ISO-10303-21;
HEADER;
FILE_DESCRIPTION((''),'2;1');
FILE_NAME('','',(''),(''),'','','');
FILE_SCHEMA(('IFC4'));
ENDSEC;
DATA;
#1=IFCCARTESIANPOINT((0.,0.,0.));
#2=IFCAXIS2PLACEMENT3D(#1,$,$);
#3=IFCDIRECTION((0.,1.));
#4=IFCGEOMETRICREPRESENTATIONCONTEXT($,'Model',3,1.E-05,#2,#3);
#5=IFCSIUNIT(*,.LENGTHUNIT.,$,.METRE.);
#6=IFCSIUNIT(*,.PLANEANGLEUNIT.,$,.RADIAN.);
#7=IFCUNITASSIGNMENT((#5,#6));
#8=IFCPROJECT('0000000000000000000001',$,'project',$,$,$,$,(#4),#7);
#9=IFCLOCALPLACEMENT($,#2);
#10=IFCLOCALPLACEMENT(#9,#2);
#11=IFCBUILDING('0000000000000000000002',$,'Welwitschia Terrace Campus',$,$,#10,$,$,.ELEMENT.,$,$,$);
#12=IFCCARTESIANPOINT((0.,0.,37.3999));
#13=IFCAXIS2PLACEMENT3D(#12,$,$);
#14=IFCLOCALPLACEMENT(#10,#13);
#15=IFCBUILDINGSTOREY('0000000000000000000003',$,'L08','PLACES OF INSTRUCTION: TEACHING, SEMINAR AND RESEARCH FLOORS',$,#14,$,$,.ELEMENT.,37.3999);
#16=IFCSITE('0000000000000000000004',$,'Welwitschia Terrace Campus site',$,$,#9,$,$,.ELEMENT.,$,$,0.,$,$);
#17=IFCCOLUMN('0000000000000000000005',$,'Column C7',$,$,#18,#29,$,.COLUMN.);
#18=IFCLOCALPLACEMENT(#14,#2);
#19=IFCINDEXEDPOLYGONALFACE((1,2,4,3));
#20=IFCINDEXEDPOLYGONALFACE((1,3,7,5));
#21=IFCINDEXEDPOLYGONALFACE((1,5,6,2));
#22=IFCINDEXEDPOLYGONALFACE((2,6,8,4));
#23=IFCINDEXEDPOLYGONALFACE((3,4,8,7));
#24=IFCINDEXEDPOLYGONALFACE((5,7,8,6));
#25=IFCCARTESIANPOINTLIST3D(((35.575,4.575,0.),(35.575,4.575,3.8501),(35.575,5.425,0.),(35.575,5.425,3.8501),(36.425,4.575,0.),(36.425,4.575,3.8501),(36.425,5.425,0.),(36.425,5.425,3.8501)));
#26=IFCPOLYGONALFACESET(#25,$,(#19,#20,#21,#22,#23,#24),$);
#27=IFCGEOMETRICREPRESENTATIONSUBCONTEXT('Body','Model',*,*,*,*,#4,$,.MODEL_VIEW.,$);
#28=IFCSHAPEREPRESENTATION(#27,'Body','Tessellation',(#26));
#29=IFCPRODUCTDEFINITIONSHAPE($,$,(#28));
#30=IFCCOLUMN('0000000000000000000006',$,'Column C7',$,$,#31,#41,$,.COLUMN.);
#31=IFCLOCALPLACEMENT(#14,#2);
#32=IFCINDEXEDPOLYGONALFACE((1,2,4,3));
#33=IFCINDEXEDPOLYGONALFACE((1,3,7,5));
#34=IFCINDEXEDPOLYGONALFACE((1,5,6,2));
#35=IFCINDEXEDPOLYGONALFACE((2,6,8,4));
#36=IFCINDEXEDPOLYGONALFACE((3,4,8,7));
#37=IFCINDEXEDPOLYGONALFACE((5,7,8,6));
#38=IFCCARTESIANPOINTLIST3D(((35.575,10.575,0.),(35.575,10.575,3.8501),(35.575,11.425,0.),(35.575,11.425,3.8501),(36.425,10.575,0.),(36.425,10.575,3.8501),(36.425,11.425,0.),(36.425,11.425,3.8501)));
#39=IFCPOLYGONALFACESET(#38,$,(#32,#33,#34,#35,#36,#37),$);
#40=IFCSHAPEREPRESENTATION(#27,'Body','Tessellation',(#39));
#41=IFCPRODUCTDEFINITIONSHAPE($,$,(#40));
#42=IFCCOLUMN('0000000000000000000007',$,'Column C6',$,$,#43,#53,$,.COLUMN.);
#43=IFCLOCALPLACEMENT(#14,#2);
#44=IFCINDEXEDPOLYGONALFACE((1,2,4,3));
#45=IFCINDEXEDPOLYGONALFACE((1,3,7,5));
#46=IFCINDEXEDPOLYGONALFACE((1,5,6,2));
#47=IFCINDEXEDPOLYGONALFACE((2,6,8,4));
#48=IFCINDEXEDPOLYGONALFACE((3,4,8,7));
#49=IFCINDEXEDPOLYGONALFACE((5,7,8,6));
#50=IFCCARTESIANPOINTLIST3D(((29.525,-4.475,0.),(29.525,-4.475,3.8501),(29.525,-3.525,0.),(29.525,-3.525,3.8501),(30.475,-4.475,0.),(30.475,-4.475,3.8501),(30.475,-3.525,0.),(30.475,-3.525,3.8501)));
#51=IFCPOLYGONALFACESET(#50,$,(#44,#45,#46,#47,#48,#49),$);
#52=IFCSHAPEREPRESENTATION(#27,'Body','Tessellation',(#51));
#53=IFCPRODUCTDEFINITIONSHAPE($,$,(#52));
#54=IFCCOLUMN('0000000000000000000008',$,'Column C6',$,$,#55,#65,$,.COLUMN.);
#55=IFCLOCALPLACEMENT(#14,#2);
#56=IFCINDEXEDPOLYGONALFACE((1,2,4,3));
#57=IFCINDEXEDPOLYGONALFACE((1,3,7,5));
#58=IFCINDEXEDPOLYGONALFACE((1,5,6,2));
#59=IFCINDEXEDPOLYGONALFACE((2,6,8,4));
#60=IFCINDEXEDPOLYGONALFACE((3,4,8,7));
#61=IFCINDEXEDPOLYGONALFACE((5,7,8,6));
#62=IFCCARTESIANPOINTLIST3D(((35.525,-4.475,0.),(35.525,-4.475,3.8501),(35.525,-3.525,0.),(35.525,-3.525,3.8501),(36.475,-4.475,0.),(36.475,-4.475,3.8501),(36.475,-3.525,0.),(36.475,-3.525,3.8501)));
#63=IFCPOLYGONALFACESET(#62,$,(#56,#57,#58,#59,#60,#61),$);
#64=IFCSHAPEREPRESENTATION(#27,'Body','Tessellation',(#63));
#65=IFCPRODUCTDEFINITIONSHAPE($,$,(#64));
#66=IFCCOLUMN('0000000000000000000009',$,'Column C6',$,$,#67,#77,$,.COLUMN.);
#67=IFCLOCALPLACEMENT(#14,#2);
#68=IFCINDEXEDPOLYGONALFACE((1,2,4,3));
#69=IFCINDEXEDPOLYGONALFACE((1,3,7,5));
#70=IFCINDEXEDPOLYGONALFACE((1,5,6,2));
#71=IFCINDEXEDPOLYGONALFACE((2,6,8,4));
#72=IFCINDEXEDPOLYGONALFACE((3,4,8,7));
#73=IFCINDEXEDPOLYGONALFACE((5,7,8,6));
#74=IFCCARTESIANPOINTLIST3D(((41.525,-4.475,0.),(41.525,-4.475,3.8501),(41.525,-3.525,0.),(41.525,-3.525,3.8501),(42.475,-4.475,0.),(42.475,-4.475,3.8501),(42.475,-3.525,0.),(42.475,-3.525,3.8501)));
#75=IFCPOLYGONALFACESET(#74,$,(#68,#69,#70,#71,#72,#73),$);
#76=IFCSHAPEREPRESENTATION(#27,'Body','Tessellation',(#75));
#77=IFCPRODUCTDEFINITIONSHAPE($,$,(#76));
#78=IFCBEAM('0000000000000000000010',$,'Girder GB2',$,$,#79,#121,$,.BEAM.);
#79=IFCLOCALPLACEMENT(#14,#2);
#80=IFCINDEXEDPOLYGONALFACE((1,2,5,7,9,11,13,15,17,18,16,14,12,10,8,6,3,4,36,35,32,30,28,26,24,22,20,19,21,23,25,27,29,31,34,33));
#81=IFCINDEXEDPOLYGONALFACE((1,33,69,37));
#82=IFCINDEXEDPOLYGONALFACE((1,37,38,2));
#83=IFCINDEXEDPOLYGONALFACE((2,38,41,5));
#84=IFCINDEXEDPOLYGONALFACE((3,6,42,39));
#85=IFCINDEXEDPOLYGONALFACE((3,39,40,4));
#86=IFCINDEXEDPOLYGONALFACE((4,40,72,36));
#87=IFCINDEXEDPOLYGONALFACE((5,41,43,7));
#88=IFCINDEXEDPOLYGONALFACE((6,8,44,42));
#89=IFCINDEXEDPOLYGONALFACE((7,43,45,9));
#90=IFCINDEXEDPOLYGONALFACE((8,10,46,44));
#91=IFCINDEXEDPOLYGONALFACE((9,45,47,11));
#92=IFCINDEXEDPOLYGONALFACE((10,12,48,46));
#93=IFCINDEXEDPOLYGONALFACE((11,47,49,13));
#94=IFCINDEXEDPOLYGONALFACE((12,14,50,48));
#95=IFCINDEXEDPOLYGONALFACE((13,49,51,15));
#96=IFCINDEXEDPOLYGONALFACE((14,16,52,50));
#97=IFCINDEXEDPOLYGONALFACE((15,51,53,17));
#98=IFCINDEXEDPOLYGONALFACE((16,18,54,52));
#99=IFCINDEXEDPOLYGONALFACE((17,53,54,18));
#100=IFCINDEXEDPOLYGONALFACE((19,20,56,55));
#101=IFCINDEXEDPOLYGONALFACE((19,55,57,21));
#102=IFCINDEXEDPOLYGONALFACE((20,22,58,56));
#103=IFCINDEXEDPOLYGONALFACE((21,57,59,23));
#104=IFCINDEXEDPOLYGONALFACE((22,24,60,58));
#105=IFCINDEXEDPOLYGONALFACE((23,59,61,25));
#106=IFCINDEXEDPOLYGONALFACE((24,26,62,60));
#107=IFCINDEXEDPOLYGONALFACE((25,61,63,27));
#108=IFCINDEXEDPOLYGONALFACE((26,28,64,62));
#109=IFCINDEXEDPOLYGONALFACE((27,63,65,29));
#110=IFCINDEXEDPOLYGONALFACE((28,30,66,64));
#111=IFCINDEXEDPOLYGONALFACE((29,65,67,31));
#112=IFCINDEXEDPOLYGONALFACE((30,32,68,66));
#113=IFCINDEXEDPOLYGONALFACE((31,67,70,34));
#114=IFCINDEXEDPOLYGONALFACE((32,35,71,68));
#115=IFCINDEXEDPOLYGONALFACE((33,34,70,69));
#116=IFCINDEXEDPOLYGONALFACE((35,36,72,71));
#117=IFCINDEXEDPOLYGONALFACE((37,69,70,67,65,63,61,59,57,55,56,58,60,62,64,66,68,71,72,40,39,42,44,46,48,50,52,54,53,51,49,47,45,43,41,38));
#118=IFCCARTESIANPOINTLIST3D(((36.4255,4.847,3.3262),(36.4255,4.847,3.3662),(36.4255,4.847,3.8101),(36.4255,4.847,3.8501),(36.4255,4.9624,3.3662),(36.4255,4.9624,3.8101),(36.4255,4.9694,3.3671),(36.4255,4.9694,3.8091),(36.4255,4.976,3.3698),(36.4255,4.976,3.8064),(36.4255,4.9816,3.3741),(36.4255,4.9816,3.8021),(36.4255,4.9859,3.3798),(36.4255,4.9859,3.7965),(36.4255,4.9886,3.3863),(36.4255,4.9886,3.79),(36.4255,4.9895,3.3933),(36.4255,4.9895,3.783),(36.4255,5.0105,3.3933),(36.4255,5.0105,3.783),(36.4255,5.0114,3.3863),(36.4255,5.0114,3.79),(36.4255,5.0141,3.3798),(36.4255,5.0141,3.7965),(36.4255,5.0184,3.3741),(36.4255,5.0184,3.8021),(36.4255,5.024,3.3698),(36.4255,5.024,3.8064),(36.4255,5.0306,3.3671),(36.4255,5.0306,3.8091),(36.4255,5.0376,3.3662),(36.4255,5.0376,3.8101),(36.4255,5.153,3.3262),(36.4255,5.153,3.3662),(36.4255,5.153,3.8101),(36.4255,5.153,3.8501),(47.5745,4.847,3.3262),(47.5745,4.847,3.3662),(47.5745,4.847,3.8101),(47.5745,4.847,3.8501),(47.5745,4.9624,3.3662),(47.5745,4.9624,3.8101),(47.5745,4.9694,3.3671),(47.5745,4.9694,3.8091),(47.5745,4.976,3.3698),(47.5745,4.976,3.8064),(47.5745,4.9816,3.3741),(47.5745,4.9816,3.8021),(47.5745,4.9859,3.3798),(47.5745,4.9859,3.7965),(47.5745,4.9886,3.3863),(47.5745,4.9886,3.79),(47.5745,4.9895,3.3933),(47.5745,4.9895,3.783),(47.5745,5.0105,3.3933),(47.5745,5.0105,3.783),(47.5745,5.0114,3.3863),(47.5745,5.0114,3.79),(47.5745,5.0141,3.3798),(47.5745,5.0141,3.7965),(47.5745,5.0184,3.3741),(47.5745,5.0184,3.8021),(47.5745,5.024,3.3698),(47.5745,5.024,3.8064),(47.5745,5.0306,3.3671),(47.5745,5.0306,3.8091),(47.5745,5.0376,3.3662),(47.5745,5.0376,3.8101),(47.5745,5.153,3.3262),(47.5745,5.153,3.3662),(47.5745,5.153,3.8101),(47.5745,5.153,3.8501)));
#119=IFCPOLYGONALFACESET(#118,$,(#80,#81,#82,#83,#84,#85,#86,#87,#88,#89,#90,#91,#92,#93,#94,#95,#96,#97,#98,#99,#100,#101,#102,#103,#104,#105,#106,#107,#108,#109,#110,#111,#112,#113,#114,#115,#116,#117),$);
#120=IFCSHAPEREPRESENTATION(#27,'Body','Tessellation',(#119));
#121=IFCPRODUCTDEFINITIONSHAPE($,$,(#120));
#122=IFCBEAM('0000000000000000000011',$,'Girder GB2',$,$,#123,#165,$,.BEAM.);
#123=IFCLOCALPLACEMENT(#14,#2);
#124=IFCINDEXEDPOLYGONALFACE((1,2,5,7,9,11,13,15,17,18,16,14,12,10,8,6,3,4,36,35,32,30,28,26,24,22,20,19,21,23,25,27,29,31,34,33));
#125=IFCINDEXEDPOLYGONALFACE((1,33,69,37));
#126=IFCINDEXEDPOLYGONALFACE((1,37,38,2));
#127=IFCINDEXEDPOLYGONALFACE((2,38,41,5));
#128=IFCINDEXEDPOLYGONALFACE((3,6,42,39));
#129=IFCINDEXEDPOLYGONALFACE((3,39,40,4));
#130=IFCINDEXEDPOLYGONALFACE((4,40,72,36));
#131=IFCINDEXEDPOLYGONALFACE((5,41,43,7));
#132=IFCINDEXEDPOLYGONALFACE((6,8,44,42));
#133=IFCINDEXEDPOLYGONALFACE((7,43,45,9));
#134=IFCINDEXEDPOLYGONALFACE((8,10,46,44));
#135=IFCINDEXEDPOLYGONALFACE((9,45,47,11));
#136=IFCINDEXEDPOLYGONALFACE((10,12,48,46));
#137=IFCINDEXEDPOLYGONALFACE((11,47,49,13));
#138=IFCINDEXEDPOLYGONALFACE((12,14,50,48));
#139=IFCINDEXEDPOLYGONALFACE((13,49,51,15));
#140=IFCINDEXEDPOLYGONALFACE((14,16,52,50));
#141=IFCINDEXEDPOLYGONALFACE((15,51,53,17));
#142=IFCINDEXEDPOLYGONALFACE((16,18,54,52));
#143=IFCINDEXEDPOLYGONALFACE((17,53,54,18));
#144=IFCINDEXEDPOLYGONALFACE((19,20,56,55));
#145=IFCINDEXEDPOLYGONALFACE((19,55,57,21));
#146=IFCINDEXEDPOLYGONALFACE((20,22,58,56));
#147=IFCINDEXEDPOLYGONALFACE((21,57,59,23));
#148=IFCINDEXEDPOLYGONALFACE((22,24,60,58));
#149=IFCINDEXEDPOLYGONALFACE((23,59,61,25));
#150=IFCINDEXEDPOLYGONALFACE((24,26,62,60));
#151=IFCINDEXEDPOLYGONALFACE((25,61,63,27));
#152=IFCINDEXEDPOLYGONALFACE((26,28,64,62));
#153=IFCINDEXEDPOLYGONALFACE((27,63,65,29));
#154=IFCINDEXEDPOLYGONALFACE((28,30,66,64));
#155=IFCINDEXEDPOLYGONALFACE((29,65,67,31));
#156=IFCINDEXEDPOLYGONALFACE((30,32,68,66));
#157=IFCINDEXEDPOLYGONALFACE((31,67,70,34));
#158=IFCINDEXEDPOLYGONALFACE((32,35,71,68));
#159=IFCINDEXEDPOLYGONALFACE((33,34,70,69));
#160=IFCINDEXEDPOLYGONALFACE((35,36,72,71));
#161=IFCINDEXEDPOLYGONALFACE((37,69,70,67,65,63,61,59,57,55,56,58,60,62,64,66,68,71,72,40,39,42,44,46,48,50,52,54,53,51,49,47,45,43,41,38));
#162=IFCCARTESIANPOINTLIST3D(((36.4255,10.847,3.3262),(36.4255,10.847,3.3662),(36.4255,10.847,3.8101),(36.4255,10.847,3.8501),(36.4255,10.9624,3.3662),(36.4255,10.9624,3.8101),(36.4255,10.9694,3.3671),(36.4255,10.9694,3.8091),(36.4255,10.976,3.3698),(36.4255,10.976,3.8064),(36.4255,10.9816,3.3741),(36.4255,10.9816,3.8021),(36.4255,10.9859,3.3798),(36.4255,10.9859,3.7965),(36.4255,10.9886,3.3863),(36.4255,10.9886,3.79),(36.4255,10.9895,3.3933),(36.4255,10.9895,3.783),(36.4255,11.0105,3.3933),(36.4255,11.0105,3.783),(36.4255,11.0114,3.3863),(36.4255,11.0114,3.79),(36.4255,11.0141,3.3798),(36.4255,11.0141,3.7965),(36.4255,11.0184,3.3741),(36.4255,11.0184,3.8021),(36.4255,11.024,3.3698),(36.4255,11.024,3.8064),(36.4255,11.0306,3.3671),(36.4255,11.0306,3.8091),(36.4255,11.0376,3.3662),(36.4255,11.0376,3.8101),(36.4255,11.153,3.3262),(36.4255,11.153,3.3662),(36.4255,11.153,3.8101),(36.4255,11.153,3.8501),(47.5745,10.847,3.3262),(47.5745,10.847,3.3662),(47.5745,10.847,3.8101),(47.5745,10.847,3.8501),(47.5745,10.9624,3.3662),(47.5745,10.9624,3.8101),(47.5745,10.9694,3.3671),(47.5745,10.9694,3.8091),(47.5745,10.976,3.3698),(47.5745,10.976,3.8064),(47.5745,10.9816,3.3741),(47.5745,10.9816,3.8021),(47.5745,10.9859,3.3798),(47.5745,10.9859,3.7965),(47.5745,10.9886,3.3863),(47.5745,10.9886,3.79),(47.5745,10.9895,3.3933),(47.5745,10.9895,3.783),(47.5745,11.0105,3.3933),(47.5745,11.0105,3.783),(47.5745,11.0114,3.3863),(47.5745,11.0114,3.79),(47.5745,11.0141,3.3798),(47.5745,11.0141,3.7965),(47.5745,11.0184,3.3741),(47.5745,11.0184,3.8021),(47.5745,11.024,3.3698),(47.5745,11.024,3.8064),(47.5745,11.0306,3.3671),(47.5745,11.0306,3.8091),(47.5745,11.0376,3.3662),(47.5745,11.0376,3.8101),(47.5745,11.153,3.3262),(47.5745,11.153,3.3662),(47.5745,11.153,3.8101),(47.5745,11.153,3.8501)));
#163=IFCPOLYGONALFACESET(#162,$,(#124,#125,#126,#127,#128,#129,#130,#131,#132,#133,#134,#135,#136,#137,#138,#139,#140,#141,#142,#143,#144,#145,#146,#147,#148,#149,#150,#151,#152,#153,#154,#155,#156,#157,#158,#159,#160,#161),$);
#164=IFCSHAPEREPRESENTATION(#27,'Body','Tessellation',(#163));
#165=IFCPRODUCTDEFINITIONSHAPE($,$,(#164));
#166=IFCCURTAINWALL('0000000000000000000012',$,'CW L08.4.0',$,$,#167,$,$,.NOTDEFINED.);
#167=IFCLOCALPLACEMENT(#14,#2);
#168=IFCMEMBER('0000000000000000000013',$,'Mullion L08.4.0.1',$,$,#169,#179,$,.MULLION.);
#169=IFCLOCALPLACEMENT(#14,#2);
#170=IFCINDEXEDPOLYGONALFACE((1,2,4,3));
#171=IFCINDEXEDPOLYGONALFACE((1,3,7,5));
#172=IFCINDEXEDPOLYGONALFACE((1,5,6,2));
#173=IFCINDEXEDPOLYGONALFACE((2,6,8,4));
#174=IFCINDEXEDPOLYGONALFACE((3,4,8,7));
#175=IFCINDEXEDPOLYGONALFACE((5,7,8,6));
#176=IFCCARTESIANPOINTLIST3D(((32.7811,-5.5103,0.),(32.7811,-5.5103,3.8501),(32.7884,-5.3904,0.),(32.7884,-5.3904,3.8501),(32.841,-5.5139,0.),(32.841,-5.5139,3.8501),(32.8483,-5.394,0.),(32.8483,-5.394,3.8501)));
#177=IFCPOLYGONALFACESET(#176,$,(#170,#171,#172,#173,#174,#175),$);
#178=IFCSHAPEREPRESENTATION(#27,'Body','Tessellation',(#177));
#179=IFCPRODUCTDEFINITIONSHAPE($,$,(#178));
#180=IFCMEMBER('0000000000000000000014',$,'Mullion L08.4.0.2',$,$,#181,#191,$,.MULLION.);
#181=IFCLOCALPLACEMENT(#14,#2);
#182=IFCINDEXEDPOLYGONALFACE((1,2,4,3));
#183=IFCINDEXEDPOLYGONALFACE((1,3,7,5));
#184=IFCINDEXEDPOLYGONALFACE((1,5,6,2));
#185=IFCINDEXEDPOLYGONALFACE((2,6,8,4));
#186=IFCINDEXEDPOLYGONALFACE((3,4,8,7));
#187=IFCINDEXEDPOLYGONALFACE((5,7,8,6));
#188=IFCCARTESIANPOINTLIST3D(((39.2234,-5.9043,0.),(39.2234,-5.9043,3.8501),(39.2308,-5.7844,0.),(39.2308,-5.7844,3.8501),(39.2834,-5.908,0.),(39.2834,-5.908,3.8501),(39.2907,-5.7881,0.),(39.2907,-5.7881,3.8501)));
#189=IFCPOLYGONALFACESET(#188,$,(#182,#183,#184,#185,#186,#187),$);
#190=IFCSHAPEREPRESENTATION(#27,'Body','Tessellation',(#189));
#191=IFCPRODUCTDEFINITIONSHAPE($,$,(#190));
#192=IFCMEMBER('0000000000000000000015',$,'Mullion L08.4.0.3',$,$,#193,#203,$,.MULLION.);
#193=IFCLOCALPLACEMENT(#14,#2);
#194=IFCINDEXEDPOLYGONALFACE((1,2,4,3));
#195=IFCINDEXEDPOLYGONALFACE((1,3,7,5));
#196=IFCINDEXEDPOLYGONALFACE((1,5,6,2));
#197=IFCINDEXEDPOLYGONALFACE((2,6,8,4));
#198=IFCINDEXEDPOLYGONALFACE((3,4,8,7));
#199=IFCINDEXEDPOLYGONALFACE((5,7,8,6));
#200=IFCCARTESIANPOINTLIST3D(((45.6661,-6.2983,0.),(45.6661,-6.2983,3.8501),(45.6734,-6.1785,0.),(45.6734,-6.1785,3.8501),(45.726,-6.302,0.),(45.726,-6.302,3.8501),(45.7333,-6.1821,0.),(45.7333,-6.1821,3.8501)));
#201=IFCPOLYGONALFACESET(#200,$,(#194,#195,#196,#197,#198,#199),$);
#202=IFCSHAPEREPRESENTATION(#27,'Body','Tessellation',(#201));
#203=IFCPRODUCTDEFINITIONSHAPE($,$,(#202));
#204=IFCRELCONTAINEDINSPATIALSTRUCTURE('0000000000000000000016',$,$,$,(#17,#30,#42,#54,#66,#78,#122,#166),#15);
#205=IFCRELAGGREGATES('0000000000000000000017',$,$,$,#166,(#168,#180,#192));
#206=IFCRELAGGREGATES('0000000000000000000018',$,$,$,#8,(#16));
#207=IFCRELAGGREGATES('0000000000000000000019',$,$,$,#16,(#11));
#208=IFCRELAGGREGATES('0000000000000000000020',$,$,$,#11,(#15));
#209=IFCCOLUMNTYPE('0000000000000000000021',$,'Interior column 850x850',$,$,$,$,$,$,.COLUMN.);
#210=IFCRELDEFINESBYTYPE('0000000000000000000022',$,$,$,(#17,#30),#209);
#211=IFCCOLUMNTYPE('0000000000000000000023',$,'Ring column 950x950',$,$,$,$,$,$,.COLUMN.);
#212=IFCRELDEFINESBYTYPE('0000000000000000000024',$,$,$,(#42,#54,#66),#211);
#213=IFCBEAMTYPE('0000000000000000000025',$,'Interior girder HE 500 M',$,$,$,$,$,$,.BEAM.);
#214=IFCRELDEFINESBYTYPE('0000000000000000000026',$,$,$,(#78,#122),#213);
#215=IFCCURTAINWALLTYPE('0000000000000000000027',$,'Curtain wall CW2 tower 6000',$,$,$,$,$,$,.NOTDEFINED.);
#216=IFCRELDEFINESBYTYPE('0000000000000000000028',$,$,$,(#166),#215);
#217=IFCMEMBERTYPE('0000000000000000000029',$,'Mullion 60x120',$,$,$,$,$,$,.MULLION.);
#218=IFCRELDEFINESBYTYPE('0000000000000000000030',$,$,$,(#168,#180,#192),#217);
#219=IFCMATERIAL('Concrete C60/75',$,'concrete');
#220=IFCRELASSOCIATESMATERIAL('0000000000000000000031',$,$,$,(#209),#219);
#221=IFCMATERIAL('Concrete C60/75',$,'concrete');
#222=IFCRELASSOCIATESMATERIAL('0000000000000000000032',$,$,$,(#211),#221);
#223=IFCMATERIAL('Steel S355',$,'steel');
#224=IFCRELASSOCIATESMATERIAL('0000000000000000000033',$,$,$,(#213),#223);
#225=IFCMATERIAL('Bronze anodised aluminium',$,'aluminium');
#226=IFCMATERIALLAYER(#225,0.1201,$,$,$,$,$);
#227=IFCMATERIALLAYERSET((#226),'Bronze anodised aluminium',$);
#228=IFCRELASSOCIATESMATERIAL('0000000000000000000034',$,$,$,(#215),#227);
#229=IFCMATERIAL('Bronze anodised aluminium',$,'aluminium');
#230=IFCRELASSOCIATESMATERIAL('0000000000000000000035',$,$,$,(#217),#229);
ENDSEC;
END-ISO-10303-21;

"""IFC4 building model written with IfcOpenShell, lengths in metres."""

from ifc_helpers import new_model, si_unit, direction, frame, origin, origin_2d, place, context, subcontext, project, spatial, rectangle, i_section, extrude, material, layer, layer_set, material_profile, profile_set, type_object, element, aggregate, save


model = new_model("IFC4")

# Units and contexts
model_context = context("Model", 3, precision=1e-05, world=origin(), true_north=direction((0.0, 1.0)))
body_context = subcontext(model_context, "Body", "Model", "MODEL_VIEW")
ifc_project = project(units=[si_unit("LENGTHUNIT", "METRE"), si_unit("PLANEANGLEUNIT", "RADIAN")], contexts=[model_context])

# Site, building, storey
site_placement = place(None, origin())
site = spatial("IfcSite", under=ifc_project, at=site_placement, Name="Welwitschia Terrace Campus site", CompositionType="ELEMENT", RefElevation=0.0)
building_placement = place(site_placement, origin())
building = spatial("IfcBuilding", under=site, at=building_placement, Name="Welwitschia Terrace Campus", CompositionType="ELEMENT")
storey_placement = place(building_placement, frame((0.0, 0.0, 37.3999)))
storey = spatial("IfcBuildingStorey", under=building, at=storey_placement, Name="L08", Description="PLACES OF INSTRUCTION: TEACHING, SEMINAR AND RESEARCH FLOORS", CompositionType="ELEMENT", Elevation=37.3999)

# Columns
ifc_material_1 = material(Name="Concrete C60/75", Category="concrete")
ifc_material_profile_1 = material_profile(ifc_material_1, rectangle(XDim=0.8501, YDim=0.8501, at=origin_2d()))
ifc_profile_set_1 = profile_set([ifc_material_profile_1], Name="Concrete C60/75")
column_type_1 = type_object("IfcColumnType", Name="Interior column 850x850", PredefinedType="COLUMN", material=ifc_profile_set_1)
for number, where, z_axis, x_axis, name in (
    (1, (36.0, 5.0, 0.0), (0.0, 0.0, 1.0), (1.0, 0.0, 0.0), "Column C7"),
    (2, (36.0, 11.0, 0.0), (0.0, 0.0, 1.0), (1.0, 0.0, 0.0), "Column C7"),
):
    element("IfcColumn", number, at=place(storey_placement, frame(where, z_axis=z_axis, x_axis=x_axis)), inside=storey, type_object=column_type_1, Name=name, PredefinedType="COLUMN", context=body_context, shape_type="SweptSolid", body=[
        extrude(rectangle(XDim=0.8501, YDim=0.8501, at=origin_2d()), origin(), (0.0, 0.0, 1.0), 3.8501),
    ])
ifc_material_2 = material(Name="Concrete C60/75", Category="concrete")
ifc_material_profile_2 = material_profile(ifc_material_2, rectangle(XDim=0.95, YDim=0.95, at=origin_2d()))
ifc_profile_set_2 = profile_set([ifc_material_profile_2], Name="Concrete C60/75")
column_type_2 = type_object("IfcColumnType", Name="Ring column 950x950", PredefinedType="COLUMN", material=ifc_profile_set_2)
for number, where, z_axis, x_axis, name in (
    (3, (30.0, -4.0, 0.0), (0.0, 0.0, 1.0), (1.0, 0.0, 0.0), "Column C6"),
    (4, (36.0, -4.0, 0.0), (0.0, 0.0, 1.0), (1.0, 0.0, 0.0), "Column C6"),
    (5, (42.0, -4.0, 0.0), (0.0, 0.0, 1.0), (1.0, 0.0, 0.0), "Column C6"),
):
    element("IfcColumn", number, at=place(storey_placement, frame(where, z_axis=z_axis, x_axis=x_axis)), inside=storey, type_object=column_type_2, Name=name, PredefinedType="COLUMN", context=body_context, shape_type="SweptSolid", body=[
        extrude(rectangle(XDim=0.95, YDim=0.95, at=origin_2d()), origin(), (0.0, 0.0, 1.0), 3.8501),
    ])

# Beams
ifc_material_3 = material(Name="Steel S355", Category="steel")
ifc_material_profile_3 = material_profile(ifc_material_3, i_section(OverallWidth=0.3059, OverallDepth=0.5239, WebThickness=0.021, FlangeThickness=0.04, FilletRadius=0.0271, at=origin_2d()))
ifc_profile_set_3 = profile_set([ifc_material_profile_3], Name="Steel S355")
beam_type_1 = type_object("IfcBeamType", Name="Interior girder HE 500 M", PredefinedType="BEAM", material=ifc_profile_set_3)
for number, where, z_axis, x_axis, name in (
    (6, (36.4255, 5.0, 3.5881), (1.0, 0.0, 0.0), (0.0, 1.0, 0.0), "Girder GB2"),
    (7, (36.4255, 11.0, 3.5881), (1.0, 0.0, 0.0), (0.0, 1.0, 0.0), "Girder GB2"),
):
    element("IfcBeam", number, at=place(storey_placement, frame(where, z_axis=z_axis, x_axis=x_axis)), inside=storey, type_object=beam_type_1, Name=name, PredefinedType="BEAM", context=body_context, shape_type="SweptSolid", body=[
        extrude(i_section(OverallWidth=0.3059, OverallDepth=0.5239, WebThickness=0.021, FlangeThickness=0.04, FilletRadius=0.0271, at=origin_2d()), origin(), (0.0, 0.0, 1.0), 11.1489),
    ])

# Curtain wall, members
ifc_material_4 = material(Name="Bronze anodised aluminium", Category="aluminium")
ifc_layer_1 = layer(ifc_material_4, 0.1201)
ifc_layer_set_1 = layer_set([ifc_layer_1], Name="Bronze anodised aluminium")
curtain_wall_type = type_object("IfcCurtainWallType", Name="Curtain wall CW2 tower 6000", PredefinedType="NOTDEFINED", material=ifc_layer_set_1)
curtain_wall_placement = place(storey_placement, origin())
curtain_wall = element("IfcCurtainWall", 8, at=curtain_wall_placement, inside=storey, type_object=curtain_wall_type, Name="CW L08.4.0", PredefinedType="NOTDEFINED")
ifc_material_5 = material(Name="Bronze anodised aluminium", Category="aluminium")
ifc_material_profile_4 = material_profile(ifc_material_5, rectangle(XDim=0.1201, YDim=0.0601, at=origin_2d()))
ifc_profile_set_4 = profile_set([ifc_material_profile_4], Name="Bronze anodised aluminium")
member_type_1 = type_object("IfcMemberType", Name="Mullion 60x120", PredefinedType="MULLION", material=ifc_profile_set_4)
member_1_placement = place(storey_placement, frame((32.8147, -5.4521, 0.0), z_axis=(0.0, 0.0, 1.0), x_axis=(0.061049, 0.998135, 0.0)))
member_1 = element("IfcMember", 9, at=member_1_placement, type_object=member_type_1, Name="Mullion L08.4.0.1", PredefinedType="MULLION", context=body_context, shape_type="SweptSolid", body=[
    extrude(rectangle(XDim=0.1201, YDim=0.0601, at=origin_2d()), origin(), (0.0, 0.0, 1.0), 3.8501),
])
member_2_placement = place(storey_placement, frame((39.2571, -5.8462, 0.0), z_axis=(0.0, 0.0, 1.0), x_axis=(0.061049, 0.998135, 0.0)))
member_2 = element("IfcMember", 10, at=member_2_placement, type_object=member_type_1, Name="Mullion L08.4.0.2", PredefinedType="MULLION", context=body_context, shape_type="SweptSolid", body=[
    extrude(rectangle(XDim=0.1201, YDim=0.0601, at=origin_2d()), origin(), (0.0, 0.0, 1.0), 3.8501),
])
member_3_placement = place(storey_placement, frame((45.6997, -6.2402, 0.0), z_axis=(0.0, 0.0, 1.0), x_axis=(0.061049, 0.998135, 0.0)))
member_3 = element("IfcMember", 11, at=member_3_placement, type_object=member_type_1, Name="Mullion L08.4.0.3", PredefinedType="MULLION", context=body_context, shape_type="SweptSolid", body=[
    extrude(rectangle(XDim=0.1201, YDim=0.0601, at=origin_2d()), origin(), (0.0, 0.0, 1.0), 3.8501),
])

aggregate(curtain_wall, [member_1, member_2, member_3])

save(model, "model.ifc")
